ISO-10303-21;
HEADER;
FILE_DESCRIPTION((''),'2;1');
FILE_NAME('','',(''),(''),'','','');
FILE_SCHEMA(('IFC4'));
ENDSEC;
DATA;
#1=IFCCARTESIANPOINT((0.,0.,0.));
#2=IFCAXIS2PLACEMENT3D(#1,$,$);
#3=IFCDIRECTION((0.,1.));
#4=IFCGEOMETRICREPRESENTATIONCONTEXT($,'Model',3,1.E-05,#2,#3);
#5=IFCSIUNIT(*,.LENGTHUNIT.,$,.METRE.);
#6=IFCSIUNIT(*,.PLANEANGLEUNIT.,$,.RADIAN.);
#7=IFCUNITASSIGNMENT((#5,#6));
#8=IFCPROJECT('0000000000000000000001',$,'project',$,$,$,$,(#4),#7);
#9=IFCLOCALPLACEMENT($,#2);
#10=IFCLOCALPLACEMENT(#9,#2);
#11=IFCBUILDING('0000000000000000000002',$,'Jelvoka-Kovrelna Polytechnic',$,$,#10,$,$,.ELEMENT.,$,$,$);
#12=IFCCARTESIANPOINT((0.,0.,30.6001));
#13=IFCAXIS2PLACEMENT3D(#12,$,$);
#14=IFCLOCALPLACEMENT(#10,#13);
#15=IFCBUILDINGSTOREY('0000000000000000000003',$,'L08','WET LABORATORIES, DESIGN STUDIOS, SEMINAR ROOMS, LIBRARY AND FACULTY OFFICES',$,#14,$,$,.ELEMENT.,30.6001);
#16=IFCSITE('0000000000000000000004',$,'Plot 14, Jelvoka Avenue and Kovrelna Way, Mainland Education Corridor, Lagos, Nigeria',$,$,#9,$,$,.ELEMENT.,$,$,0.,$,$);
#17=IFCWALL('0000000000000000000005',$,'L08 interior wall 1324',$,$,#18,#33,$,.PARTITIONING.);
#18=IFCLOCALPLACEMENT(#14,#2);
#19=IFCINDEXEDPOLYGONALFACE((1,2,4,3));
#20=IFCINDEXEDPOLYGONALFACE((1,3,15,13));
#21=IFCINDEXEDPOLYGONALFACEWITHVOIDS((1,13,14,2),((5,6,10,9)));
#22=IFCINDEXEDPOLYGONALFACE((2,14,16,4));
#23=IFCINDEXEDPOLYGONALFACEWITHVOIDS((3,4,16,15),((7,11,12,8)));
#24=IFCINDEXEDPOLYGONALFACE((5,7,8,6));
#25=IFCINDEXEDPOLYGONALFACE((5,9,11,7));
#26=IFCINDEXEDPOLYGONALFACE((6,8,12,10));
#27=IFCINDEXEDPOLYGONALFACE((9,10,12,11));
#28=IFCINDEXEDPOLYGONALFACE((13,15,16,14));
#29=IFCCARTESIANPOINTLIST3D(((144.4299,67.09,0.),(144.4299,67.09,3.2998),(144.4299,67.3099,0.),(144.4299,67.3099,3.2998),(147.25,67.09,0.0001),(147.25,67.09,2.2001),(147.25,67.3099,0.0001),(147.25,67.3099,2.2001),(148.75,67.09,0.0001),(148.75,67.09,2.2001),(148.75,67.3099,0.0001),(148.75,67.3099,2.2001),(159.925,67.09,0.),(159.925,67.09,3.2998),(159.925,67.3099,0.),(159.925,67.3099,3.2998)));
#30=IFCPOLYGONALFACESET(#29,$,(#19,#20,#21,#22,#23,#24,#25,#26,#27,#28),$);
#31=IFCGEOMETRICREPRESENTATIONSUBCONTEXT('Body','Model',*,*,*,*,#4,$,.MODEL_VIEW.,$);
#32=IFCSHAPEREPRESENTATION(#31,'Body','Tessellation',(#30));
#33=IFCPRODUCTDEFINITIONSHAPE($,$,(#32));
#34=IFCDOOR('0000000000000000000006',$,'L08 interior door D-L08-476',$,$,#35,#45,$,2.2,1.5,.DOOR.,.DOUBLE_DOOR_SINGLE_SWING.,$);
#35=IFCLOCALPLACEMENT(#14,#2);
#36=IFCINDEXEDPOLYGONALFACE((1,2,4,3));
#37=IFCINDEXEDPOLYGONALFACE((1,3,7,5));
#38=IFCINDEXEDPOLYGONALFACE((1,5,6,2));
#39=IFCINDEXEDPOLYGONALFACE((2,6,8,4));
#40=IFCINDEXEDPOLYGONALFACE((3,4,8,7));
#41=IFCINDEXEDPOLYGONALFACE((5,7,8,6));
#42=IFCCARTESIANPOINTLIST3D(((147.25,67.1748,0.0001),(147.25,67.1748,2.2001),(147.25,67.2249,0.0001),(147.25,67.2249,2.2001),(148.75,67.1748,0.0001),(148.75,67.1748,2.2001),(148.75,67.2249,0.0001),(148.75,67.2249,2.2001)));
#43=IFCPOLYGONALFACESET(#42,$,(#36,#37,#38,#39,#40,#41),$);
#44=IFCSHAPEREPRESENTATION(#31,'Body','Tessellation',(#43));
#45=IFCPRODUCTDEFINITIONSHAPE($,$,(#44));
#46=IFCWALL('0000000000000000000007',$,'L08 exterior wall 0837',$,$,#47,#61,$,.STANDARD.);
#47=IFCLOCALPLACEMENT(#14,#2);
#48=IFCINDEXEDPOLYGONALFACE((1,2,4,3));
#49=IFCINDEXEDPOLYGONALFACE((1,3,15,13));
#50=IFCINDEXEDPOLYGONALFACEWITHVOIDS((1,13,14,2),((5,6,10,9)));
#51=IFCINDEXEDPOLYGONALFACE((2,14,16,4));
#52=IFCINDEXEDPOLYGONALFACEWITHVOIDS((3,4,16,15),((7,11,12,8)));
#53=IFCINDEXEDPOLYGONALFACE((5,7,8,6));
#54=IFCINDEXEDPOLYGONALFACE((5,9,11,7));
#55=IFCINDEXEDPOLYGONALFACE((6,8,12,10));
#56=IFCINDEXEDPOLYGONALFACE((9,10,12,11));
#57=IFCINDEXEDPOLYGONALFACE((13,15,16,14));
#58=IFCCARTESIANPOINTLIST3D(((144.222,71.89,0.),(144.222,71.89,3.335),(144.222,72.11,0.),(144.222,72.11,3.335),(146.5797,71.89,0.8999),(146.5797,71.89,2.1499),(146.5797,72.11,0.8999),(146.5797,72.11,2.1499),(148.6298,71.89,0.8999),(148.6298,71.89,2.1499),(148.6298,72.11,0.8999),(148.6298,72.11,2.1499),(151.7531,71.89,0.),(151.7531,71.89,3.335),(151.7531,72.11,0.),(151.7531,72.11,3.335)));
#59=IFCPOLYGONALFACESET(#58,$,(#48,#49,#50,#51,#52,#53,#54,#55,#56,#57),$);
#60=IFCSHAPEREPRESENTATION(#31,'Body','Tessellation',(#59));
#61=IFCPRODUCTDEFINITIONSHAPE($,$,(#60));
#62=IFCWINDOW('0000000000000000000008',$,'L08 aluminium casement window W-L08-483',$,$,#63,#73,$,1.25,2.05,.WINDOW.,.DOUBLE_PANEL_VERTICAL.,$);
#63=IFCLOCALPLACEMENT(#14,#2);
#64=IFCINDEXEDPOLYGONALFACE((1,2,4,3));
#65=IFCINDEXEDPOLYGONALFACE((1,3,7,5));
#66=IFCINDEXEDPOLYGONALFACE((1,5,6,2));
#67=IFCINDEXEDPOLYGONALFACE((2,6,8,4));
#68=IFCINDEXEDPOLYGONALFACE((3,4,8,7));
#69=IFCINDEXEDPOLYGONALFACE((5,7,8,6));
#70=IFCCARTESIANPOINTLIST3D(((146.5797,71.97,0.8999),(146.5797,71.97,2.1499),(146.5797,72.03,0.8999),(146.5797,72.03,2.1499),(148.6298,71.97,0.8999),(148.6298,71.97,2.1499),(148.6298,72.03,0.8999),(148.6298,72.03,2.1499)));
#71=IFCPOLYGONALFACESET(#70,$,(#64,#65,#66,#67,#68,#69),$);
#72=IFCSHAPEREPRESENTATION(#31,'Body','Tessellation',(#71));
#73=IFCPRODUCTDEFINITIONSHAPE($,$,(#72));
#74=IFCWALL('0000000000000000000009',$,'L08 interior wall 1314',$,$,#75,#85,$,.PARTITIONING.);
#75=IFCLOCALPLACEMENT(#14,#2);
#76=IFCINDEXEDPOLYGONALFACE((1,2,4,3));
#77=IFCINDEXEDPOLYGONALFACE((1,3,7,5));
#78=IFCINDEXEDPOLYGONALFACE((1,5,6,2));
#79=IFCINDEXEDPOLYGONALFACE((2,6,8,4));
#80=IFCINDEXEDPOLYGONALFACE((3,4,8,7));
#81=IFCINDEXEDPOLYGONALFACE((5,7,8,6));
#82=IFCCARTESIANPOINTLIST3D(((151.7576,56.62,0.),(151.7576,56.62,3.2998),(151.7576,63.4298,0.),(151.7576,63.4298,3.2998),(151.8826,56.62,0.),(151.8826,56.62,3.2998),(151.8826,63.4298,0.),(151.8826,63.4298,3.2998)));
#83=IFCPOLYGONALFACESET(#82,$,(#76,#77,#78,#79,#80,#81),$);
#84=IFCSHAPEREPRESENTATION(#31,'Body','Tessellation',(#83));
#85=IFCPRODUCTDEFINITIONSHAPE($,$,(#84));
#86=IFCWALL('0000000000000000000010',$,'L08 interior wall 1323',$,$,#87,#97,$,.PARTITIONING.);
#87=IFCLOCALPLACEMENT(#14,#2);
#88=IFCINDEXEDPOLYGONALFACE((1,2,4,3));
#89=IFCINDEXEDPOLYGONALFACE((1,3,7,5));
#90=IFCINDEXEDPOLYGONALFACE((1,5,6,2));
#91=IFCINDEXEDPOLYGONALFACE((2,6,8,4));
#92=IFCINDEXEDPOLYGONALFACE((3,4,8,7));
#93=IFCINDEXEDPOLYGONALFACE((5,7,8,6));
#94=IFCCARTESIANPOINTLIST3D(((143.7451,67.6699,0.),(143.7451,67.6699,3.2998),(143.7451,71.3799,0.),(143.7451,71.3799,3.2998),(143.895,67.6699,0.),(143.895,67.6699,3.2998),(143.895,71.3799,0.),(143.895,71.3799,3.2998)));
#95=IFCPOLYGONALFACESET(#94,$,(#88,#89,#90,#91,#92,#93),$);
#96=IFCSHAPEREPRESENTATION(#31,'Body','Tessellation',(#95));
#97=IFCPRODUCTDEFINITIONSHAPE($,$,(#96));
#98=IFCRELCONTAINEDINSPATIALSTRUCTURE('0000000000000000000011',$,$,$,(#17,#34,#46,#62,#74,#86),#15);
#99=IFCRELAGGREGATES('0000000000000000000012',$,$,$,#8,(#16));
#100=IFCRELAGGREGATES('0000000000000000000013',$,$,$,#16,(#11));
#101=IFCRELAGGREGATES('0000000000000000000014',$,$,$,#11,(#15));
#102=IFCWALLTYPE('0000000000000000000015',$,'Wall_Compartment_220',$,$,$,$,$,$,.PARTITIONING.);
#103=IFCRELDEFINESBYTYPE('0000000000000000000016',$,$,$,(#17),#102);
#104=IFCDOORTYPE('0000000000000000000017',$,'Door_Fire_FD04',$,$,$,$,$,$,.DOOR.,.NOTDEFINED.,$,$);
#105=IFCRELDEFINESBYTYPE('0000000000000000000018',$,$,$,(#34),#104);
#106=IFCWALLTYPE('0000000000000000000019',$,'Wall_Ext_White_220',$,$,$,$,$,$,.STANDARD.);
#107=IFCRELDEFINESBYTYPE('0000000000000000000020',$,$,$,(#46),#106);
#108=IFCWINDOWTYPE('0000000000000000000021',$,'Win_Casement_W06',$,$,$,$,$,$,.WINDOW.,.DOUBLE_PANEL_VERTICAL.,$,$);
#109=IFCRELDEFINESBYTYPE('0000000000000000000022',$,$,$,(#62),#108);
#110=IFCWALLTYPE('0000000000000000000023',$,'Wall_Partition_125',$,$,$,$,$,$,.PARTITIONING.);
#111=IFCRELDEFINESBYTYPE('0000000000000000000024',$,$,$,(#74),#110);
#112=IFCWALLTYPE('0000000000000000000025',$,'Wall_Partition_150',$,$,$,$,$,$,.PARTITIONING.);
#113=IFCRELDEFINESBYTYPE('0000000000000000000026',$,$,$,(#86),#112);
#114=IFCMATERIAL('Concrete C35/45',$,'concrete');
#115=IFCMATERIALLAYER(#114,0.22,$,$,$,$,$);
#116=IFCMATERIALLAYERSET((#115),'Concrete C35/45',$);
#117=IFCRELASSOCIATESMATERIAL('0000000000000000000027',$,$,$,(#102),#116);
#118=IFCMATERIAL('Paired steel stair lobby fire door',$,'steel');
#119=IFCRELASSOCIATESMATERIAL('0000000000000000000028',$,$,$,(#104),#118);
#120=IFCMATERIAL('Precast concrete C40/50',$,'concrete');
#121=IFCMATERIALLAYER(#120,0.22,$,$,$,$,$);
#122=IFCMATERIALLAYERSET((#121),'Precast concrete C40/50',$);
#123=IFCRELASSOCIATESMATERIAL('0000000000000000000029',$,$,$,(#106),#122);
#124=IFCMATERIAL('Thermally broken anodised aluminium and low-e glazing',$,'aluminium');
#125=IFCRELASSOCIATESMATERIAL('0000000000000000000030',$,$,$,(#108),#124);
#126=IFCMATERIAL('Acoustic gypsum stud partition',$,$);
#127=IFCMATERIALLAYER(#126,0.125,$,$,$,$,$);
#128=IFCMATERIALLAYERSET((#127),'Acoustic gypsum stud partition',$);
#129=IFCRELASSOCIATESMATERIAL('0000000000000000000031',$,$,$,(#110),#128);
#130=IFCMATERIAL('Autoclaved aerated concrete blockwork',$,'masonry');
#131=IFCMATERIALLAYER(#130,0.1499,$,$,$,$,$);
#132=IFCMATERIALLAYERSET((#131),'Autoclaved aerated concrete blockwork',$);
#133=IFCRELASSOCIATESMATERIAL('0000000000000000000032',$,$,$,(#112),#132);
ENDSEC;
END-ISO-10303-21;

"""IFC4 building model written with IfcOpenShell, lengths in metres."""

from ifc_helpers import new_model, si_unit, direction, frame, frame_2d, origin, place, context, subcontext, project, spatial, rectangle, extrude, material, layer, layer_set, type_object, element, fill, save


model = new_model("IFC4")

# Units and contexts
model_context = context("Model", 3, precision=1e-05, world=origin(), true_north=direction((0.0, 1.0)))
body_context = subcontext(model_context, "Body", "Model", "MODEL_VIEW")
ifc_project = project(units=[si_unit("LENGTHUNIT", "METRE"), si_unit("PLANEANGLEUNIT", "RADIAN")], contexts=[model_context])

# Site, building, storey
site_placement = place(None, origin())
site = spatial("IfcSite", under=ifc_project, at=site_placement, Name="Plot 14, Jelvoka Avenue and Kovrelna Way, Mainland Education Corridor, Lagos, Nigeria", CompositionType="ELEMENT", RefElevation=0.0)
building_placement = place(site_placement, origin())
building = spatial("IfcBuilding", under=site, at=building_placement, Name="Jelvoka-Kovrelna Polytechnic", CompositionType="ELEMENT")
storey_placement = place(building_placement, frame((0.0, 0.0, 30.6001)))
storey = spatial("IfcBuildingStorey", under=building, at=storey_placement, Name="L08", Description="WET LABORATORIES, DESIGN STUDIOS, SEMINAR ROOMS, LIBRARY AND FACULTY OFFICES", CompositionType="ELEMENT", Elevation=30.6001)

# Wall, opening, door
ifc_material_1 = material(Name="Concrete C35/45", Category="concrete")
ifc_layer_1 = layer(ifc_material_1, 0.22)
ifc_layer_set_1 = layer_set([ifc_layer_1], Name="Concrete C35/45")
wall_type_1 = type_object("IfcWallType", Name="Wall_Compartment_220", PredefinedType="PARTITIONING", material=ifc_layer_set_1)
wall_1_placement = place(storey_placement, frame((144.4299, 67.2, 0.0), z_axis=(0.0, 0.0, 1.0), x_axis=(1.0, 0.0, 0.0)))
wall_1 = element("IfcWall", 1, at=wall_1_placement, inside=storey, type_object=wall_type_1, Name="L08 interior wall 1324", PredefinedType="PARTITIONING", context=body_context, shape_type="SweptSolid", body=[
    extrude(rectangle(XDim=15.4951, YDim=0.22, at=frame_2d((7.7476, 0.0))), origin(), (0.0, 0.0, 1.0), 3.2998),
])
opening_1_placement = place(wall_1_placement, frame((2.8201, 0.0, 0.0)))
opening_1 = element("IfcOpeningElement", 2, at=opening_1_placement, cuts=wall_1, PredefinedType="OPENING", context=body_context, shape_type="SweptSolid", body=[
    extrude(rectangle(XDim=1.5, YDim=2.2, at=frame_2d((0.75, 1.1001))), frame((0.0, 0.1199, 0.0), z_axis=(0.0, -1.0, 0.0), x_axis=(1.0, 0.0, 0.0)), (0.0, 0.0, 1.0), 0.24),
])
ifc_material_2 = material(Name="Paired steel stair lobby fire door", Category="steel")
door_type = type_object("IfcDoorType", Name="Door_Fire_FD04", OperationType="NOTDEFINED", PredefinedType="DOOR", material=ifc_material_2)
door_placement = place(opening_1_placement, origin())
door = element("IfcDoor", 3, at=door_placement, inside=storey, type_object=door_type, Name="L08 interior door D-L08-476", OperationType="DOUBLE_DOOR_SINGLE_SWING", OverallHeight=2.2, OverallWidth=1.5, PredefinedType="DOOR", context=body_context, shape_type="SweptSolid", body=[
    extrude(rectangle(XDim=1.5, YDim=2.2, at=frame_2d((0.75, 1.1001))), frame((0.0, 0.0249, 0.0), z_axis=(0.0, -1.0, 0.0), x_axis=(1.0, 0.0, 0.0)), (0.0, 0.0, 1.0), 0.05),
])
fill(opening_1, door)

# Wall, opening, window
ifc_material_3 = material(Name="Precast concrete C40/50", Category="concrete")
ifc_layer_2 = layer(ifc_material_3, 0.22)
ifc_layer_set_2 = layer_set([ifc_layer_2], Name="Precast concrete C40/50")
wall_type_2 = type_object("IfcWallType", Name="Wall_Ext_White_220", PredefinedType="STANDARD", material=ifc_layer_set_2)
wall_2_placement = place(storey_placement, frame((144.2219, 72.0, 0.0), z_axis=(0.0, 0.0, 1.0), x_axis=(1.0, 0.0, 0.0)))
wall_2 = element("IfcWall", 4, at=wall_2_placement, inside=storey, type_object=wall_type_2, Name="L08 exterior wall 0837", PredefinedType="STANDARD", context=body_context, shape_type="SweptSolid", body=[
    extrude(rectangle(XDim=7.531, YDim=0.22, at=frame_2d((3.7656, 0.0))), origin(), (0.0, 0.0, 1.0), 3.335),
])
opening_2_placement = place(wall_2_placement, frame((2.3579, 0.0, 0.8999)))
opening_2 = element("IfcOpeningElement", 5, at=opening_2_placement, cuts=wall_2, PredefinedType="OPENING", context=body_context, shape_type="SweptSolid", body=[
    extrude(rectangle(XDim=2.05, YDim=1.25, at=frame_2d((1.0249, 0.625))), frame((0.0, 0.1199, 0.0), z_axis=(0.0, -1.0, 0.0), x_axis=(1.0, 0.0, 0.0)), (0.0, 0.0, 1.0), 0.24),
])
ifc_material_4 = material(Name="Thermally broken anodised aluminium and low-e glazing", Category="aluminium")
window_type = type_object("IfcWindowType", Name="Win_Casement_W06", PartitioningType="DOUBLE_PANEL_VERTICAL", PredefinedType="WINDOW", material=ifc_material_4)
window_placement = place(opening_2_placement, origin())
window = element("IfcWindow", 6, at=window_placement, inside=storey, type_object=window_type, Name="L08 aluminium casement window W-L08-483", OverallHeight=1.25, OverallWidth=2.05, PartitioningType="DOUBLE_PANEL_VERTICAL", PredefinedType="WINDOW", context=body_context, shape_type="SweptSolid", body=[
    extrude(rectangle(XDim=2.05, YDim=1.25, at=frame_2d((1.0249, 0.625))), frame((0.0, 0.03, 0.0), z_axis=(0.0, -1.0, 0.0), x_axis=(1.0, 0.0, 0.0)), (0.0, 0.0, 1.0), 0.0601),
])
fill(opening_2, window)

# Walls
ifc_material_5 = material(Name="Acoustic gypsum stud partition")
ifc_layer_3 = layer(ifc_material_5, 0.125)
ifc_layer_set_3 = layer_set([ifc_layer_3], Name="Acoustic gypsum stud partition")
wall_type_3 = type_object("IfcWallType", Name="Wall_Partition_125", PredefinedType="PARTITIONING", material=ifc_layer_set_3)
wall_3_placement = place(storey_placement, frame((151.8201, 56.6201, 0.0), z_axis=(0.0, 0.0, 1.0), x_axis=(0.0, 1.0, 0.0)))
element("IfcWall", 7, at=wall_3_placement, inside=storey, type_object=wall_type_3, Name="L08 interior wall 1314", PredefinedType="PARTITIONING", context=body_context, shape_type="SweptSolid", body=[
    extrude(rectangle(XDim=6.8098, YDim=0.125, at=frame_2d((3.4048, 0.0))), origin(), (0.0, 0.0, 1.0), 3.2998),
])
ifc_material_6 = material(Name="Autoclaved aerated concrete blockwork", Category="masonry")
ifc_layer_4 = layer(ifc_material_6, 0.1499)
ifc_layer_set_4 = layer_set([ifc_layer_4], Name="Autoclaved aerated concrete blockwork")
wall_type_4 = type_object("IfcWallType", Name="Wall_Partition_150", PredefinedType="PARTITIONING", material=ifc_layer_set_4)
wall_4_placement = place(storey_placement, frame((143.8201, 67.6699, 0.0), z_axis=(0.0, 0.0, 1.0), x_axis=(0.0, 1.0, 0.0)))
element("IfcWall", 8, at=wall_4_placement, inside=storey, type_object=wall_type_4, Name="L08 interior wall 1323", PredefinedType="PARTITIONING", context=body_context, shape_type="SweptSolid", body=[
    extrude(rectangle(XDim=3.71, YDim=0.1499, at=frame_2d((1.855, 0.0))), origin(), (0.0, 0.0, 1.0), 3.2998),
])

save(model, "model.ifc")
